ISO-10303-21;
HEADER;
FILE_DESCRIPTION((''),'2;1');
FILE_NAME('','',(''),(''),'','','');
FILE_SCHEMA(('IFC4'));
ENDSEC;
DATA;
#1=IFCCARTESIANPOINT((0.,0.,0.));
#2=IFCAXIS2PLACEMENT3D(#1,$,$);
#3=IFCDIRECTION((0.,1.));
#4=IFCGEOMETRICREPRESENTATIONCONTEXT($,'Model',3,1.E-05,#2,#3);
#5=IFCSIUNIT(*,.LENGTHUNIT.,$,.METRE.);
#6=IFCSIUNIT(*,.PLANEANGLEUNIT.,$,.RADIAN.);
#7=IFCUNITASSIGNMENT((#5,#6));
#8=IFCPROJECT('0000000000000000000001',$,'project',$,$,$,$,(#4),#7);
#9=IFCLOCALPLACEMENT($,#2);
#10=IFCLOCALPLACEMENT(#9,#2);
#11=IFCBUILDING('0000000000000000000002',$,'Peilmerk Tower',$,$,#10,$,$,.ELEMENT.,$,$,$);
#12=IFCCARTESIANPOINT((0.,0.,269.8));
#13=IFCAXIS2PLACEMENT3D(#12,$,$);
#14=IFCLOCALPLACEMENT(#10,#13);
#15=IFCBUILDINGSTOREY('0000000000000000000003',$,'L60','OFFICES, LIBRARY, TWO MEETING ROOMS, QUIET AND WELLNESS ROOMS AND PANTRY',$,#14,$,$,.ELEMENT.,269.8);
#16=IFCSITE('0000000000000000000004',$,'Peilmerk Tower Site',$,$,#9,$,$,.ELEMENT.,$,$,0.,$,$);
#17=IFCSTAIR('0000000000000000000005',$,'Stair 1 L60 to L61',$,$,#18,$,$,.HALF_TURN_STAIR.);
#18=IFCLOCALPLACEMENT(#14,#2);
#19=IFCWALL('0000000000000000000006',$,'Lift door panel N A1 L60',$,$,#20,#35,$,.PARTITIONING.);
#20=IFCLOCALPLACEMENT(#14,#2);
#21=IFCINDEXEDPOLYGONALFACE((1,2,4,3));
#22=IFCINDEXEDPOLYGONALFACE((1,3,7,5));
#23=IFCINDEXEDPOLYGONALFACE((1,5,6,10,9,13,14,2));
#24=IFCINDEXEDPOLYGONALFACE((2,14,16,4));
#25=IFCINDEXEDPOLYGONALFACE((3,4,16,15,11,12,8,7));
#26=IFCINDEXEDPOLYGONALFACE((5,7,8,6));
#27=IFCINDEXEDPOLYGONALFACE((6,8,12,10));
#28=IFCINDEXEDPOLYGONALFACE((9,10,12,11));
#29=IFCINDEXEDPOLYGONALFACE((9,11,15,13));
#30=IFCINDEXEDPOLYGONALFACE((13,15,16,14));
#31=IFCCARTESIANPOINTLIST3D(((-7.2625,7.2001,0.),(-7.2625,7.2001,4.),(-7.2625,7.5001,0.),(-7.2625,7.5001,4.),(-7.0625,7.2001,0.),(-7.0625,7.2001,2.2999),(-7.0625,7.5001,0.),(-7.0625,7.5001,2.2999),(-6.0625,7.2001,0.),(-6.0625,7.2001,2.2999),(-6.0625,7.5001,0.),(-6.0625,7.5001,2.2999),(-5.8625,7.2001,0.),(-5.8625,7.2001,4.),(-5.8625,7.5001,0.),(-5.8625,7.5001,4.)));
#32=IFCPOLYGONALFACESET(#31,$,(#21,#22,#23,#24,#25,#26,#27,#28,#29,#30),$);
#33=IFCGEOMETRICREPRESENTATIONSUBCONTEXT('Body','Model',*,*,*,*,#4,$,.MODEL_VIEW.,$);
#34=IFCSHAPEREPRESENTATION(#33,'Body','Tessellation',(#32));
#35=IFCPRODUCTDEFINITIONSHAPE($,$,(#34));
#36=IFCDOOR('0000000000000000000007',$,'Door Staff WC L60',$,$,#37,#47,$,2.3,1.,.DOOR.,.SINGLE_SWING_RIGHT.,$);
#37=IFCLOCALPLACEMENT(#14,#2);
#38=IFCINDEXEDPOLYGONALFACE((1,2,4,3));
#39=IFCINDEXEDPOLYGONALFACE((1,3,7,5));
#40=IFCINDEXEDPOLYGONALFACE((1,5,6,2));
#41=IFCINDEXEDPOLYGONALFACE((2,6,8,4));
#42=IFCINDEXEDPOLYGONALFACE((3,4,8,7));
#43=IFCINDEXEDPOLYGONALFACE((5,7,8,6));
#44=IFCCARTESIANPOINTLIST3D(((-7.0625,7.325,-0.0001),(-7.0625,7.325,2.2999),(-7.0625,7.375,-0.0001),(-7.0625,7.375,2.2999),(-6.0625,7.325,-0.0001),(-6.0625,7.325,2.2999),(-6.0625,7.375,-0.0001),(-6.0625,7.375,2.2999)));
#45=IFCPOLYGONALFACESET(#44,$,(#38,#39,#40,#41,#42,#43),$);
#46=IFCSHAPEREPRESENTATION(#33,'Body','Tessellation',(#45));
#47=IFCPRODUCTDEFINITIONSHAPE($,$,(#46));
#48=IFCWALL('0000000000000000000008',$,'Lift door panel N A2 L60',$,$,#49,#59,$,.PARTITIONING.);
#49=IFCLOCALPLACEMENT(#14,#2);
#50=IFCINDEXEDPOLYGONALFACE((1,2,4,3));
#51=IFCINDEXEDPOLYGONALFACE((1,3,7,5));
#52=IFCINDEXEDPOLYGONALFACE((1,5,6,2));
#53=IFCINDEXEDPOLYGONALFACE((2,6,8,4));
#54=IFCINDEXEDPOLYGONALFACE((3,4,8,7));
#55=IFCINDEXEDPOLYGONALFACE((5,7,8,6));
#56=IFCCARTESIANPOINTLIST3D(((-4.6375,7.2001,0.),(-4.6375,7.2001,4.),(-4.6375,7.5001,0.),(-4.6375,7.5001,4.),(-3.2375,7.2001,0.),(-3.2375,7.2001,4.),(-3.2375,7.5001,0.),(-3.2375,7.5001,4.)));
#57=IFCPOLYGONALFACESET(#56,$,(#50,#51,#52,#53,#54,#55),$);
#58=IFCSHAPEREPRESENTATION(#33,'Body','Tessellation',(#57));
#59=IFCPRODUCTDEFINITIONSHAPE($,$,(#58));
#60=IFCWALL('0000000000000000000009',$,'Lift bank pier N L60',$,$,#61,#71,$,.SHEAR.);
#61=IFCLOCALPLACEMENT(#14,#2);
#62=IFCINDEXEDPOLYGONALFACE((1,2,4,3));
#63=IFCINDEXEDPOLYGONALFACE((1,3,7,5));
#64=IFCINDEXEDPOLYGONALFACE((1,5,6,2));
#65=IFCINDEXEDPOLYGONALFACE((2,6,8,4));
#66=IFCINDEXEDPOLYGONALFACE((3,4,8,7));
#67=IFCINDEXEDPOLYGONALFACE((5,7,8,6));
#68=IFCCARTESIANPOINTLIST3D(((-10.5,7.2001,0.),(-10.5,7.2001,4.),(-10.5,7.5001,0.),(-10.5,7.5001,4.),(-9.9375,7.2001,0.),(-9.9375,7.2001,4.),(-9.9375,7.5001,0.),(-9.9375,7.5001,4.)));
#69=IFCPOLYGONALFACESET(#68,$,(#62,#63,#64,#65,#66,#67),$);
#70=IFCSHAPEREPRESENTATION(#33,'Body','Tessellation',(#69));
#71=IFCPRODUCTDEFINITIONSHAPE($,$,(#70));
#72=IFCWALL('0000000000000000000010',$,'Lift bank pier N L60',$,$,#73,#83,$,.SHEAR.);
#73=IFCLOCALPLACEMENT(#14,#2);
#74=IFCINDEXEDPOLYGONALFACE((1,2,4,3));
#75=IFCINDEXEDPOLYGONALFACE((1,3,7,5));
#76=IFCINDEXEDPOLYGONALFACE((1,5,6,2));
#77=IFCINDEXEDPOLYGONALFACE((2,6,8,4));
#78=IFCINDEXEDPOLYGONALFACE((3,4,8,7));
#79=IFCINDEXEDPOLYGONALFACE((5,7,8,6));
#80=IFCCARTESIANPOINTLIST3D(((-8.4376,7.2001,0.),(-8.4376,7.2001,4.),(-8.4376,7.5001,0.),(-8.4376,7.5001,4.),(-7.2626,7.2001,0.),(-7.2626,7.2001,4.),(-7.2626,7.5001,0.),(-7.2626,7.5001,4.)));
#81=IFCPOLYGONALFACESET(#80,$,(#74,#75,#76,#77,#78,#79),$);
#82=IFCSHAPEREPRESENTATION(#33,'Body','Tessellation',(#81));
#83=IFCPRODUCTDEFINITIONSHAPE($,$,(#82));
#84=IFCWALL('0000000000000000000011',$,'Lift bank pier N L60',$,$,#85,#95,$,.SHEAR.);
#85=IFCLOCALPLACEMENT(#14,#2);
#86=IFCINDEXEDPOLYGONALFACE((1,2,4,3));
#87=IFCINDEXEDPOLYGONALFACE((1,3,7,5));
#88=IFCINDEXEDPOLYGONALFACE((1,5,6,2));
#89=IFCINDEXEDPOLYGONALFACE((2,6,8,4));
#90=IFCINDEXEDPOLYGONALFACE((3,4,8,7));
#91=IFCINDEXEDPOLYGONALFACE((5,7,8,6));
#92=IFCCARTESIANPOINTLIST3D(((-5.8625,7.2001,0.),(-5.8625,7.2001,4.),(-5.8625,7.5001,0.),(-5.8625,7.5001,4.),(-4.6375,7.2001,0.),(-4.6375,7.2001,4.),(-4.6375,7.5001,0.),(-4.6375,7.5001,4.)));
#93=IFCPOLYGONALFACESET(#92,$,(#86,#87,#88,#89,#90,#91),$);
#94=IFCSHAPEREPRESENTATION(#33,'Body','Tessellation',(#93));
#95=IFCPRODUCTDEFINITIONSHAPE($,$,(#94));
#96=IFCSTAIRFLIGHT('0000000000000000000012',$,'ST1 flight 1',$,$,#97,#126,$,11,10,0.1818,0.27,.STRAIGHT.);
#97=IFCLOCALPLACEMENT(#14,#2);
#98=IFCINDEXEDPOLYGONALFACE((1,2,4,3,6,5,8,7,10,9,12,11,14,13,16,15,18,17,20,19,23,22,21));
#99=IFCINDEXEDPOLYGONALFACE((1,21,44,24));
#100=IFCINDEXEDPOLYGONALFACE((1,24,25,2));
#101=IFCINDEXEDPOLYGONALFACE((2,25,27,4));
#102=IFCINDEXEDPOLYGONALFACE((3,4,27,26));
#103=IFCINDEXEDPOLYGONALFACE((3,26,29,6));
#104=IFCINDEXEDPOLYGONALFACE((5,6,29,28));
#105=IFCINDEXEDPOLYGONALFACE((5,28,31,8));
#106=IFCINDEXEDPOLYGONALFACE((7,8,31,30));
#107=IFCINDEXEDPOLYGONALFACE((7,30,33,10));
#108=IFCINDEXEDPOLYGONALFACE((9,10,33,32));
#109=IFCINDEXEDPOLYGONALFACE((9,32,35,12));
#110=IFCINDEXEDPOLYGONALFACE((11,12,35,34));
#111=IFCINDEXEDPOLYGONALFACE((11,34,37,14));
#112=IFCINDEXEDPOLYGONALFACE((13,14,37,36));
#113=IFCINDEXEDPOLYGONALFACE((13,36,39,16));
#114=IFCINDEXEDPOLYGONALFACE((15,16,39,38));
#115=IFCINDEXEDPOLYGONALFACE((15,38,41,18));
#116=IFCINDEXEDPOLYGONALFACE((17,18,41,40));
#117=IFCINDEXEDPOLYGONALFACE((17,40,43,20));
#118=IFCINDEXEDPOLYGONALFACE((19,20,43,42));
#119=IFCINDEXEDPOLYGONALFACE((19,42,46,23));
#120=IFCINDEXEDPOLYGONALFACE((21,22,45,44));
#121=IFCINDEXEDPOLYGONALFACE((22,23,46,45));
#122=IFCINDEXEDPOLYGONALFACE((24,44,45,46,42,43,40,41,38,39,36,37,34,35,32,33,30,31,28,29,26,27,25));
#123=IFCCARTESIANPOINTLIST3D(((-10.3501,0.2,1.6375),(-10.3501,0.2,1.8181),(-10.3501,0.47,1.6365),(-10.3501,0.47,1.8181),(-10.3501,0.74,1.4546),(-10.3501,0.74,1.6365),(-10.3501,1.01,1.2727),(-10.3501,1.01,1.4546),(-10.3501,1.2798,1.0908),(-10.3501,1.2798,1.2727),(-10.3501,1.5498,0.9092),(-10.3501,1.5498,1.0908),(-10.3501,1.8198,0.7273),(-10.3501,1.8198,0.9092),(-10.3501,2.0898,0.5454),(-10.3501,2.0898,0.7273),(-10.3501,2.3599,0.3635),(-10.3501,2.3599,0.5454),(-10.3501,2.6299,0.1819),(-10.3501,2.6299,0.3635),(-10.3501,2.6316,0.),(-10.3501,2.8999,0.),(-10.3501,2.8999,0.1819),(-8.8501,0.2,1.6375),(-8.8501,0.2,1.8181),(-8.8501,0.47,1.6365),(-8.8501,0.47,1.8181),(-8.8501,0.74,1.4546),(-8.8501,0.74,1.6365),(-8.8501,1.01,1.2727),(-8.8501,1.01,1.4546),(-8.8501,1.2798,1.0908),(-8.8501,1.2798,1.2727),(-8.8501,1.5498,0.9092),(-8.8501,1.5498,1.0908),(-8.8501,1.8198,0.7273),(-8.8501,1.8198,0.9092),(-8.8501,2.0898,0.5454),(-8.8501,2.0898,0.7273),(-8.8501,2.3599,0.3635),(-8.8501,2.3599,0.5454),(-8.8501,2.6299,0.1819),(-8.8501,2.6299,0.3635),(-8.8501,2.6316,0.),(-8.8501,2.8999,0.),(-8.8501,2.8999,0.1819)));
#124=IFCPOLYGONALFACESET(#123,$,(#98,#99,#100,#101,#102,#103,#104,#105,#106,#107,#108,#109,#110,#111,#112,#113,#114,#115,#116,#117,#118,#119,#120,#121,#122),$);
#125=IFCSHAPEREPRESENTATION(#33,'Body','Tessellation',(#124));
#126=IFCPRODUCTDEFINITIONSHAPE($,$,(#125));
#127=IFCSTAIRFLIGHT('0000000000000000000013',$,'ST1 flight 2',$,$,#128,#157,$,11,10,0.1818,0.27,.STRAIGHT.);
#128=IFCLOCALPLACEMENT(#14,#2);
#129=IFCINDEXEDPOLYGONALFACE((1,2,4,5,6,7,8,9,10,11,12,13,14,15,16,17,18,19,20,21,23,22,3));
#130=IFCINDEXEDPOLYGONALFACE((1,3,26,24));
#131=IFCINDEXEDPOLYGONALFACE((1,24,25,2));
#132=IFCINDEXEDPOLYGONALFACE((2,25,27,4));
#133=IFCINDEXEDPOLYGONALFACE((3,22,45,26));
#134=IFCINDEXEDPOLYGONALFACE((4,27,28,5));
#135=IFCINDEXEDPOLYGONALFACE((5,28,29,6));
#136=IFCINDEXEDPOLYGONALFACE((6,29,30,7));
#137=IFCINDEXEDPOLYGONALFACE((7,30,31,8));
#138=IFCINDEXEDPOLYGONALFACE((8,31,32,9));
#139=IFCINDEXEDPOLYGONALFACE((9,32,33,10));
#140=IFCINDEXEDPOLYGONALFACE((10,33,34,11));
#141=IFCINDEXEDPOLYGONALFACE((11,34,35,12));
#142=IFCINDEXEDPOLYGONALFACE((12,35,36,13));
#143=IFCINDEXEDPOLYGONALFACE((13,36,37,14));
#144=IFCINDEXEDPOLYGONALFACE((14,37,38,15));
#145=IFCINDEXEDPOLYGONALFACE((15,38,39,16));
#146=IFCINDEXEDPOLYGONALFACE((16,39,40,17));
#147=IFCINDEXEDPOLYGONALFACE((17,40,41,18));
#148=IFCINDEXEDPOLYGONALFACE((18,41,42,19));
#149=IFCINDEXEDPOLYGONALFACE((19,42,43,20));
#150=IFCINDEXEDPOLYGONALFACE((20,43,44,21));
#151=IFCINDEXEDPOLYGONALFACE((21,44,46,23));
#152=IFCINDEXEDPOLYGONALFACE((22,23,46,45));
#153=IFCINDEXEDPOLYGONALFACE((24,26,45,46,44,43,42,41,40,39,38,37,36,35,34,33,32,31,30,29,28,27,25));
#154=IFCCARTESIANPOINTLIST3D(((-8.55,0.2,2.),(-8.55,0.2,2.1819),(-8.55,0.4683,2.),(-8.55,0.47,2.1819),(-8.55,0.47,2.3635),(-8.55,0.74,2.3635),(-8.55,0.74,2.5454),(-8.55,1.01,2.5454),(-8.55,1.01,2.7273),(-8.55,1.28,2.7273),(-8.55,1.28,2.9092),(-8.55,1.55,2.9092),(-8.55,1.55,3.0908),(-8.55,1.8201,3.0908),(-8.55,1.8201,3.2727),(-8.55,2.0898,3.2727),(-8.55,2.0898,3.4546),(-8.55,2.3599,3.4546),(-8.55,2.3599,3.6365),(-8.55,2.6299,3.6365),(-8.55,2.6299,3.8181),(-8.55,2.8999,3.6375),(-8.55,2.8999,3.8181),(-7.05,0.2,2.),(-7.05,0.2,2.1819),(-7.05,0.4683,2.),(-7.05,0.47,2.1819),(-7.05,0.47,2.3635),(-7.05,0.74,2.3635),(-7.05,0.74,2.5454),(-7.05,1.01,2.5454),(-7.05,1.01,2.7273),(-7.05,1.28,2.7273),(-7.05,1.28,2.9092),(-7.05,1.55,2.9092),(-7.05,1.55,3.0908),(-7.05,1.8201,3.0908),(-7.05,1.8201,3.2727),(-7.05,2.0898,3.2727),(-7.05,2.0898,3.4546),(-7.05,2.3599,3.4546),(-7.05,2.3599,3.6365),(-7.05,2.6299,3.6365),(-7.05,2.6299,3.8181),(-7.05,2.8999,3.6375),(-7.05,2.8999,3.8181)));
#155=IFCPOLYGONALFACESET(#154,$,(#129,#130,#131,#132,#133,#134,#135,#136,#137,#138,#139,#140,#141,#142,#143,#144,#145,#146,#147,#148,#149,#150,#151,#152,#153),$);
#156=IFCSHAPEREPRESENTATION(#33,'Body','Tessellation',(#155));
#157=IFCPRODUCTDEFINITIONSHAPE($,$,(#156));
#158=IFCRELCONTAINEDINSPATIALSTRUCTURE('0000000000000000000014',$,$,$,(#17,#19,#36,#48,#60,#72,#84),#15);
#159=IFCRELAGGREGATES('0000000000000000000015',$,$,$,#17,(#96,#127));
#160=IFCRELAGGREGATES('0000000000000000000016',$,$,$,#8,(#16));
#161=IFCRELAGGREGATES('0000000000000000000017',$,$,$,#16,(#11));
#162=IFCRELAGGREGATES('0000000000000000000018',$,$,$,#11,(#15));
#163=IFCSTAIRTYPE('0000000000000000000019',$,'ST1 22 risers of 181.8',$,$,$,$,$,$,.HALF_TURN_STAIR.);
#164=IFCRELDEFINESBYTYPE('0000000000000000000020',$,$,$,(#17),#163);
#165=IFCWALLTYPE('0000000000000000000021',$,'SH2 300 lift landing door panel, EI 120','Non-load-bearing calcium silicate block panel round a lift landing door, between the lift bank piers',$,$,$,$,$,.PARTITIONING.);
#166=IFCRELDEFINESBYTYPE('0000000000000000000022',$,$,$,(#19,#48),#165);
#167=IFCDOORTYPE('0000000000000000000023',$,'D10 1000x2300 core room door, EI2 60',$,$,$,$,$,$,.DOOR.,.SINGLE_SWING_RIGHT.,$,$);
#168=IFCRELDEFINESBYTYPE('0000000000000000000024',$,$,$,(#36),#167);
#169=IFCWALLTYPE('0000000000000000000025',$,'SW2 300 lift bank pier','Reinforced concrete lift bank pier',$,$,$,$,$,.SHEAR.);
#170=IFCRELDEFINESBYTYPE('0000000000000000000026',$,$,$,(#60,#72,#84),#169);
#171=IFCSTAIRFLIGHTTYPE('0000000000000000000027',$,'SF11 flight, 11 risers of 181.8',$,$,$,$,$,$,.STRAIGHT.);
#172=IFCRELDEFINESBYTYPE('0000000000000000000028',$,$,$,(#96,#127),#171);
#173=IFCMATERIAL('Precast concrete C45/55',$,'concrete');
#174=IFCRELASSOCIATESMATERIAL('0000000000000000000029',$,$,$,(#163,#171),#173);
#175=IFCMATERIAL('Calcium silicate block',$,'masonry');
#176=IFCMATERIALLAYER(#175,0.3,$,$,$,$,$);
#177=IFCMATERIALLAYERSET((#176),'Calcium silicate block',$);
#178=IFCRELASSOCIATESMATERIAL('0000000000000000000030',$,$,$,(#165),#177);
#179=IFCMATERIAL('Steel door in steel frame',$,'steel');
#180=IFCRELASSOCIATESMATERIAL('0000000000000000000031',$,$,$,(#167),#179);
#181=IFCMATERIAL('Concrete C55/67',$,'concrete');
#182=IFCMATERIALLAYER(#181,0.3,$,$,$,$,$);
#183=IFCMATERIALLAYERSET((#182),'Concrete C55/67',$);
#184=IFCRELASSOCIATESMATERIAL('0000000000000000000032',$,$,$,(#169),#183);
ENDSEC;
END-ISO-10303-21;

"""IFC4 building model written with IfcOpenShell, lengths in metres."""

from ifc_helpers import new_model, si_unit, direction, frame, frame_2d, origin, place, context, subcontext, project, spatial, polyline, rectangle, outline, extrude, material, layer, layer_set, type_object, element, fill, aggregate, save


model = new_model("IFC4")

# Units and contexts
model_context = context("Model", 3, precision=1e-05, world=origin(), true_north=direction((0.0, 1.0)))
body_context = subcontext(model_context, "Body", "Model", "MODEL_VIEW")
ifc_project = project(units=[si_unit("LENGTHUNIT", "METRE"), si_unit("PLANEANGLEUNIT", "RADIAN")], contexts=[model_context])

# Site, building, storey
site_placement = place(None, origin())
site = spatial("IfcSite", under=ifc_project, at=site_placement, Name="Peilmerk Tower Site", CompositionType="ELEMENT", RefElevation=0.0)
building_placement = place(site_placement, origin())
building = spatial("IfcBuilding", under=site, at=building_placement, Name="Peilmerk Tower", CompositionType="ELEMENT")
storey_placement = place(building_placement, frame((0.0, 0.0, 269.8)))
storey = spatial("IfcBuildingStorey", under=building, at=storey_placement, Name="L60", Description="OFFICES, LIBRARY, TWO MEETING ROOMS, QUIET AND WELLNESS ROOMS AND PANTRY", CompositionType="ELEMENT", Elevation=269.8)

# Shared definitions
ifc_material_1 = material(Name="Concrete C55/67", Category="concrete")

# Stair
ifc_material_2 = material(Name="Precast concrete C45/55", Category="concrete")
stair_type = type_object("IfcStairType", Name="ST1 22 risers of 181.8", PredefinedType="HALF_TURN_STAIR", material=ifc_material_2)
stair_placement = place(storey_placement, origin())
stair = element("IfcStair", 1, at=stair_placement, inside=storey, type_object=stair_type, Name="Stair 1 L60 to L61", PredefinedType="HALF_TURN_STAIR")

# Shared definitions
ifc_material_3 = material(Name="Steel door in steel frame", Category="steel")

# Wall, opening, door
ifc_material_4 = material(Name="Calcium silicate block", Category="masonry")
ifc_layer_1 = layer(ifc_material_4, 0.3)
ifc_layer_set_1 = layer_set([ifc_layer_1], Name="Calcium silicate block")
wall_type_1 = type_object("IfcWallType", Name="SH2 300 lift landing door panel, EI 120", Description="Non-load-bearing calcium silicate block panel round a lift landing door, between the lift bank piers", PredefinedType="PARTITIONING", material=ifc_layer_set_1)
wall_1_placement = place(storey_placement, frame((-7.2625, 7.3501, 0.0), z_axis=(0.0, 0.0, 1.0), x_axis=(1.0, 0.0, 0.0)))
wall_1 = element("IfcWall", 2, at=wall_1_placement, inside=storey, type_object=wall_type_1, Name="Lift door panel N A1 L60", PredefinedType="PARTITIONING", context=body_context, shape_type="SweptSolid", body=[
    extrude(rectangle(XDim=1.3999, YDim=0.3, at=frame_2d((0.7, 0.0))), origin(), (0.0, 0.0, 1.0), 4.0),
])
opening_1_placement = place(wall_1_placement, frame((0.2, 0.0, 0.0)))
opening_1 = element("IfcOpeningElement", 3, at=opening_1_placement, cuts=wall_1, PredefinedType="OPENING", context=body_context, shape_type="SweptSolid", body=[
    extrude(rectangle(XDim=1.0, YDim=2.3, at=frame_2d((0.5, 1.1499))), frame((0.0, 0.1599, 0.0), z_axis=(0.0, -1.0, 0.0), x_axis=(1.0, 0.0, 0.0)), (0.0, 0.0, 1.0), 0.3201),
])
door_type_1 = type_object("IfcDoorType", Name="D10 1000x2300 core room door, EI2 60", OperationType="SINGLE_SWING_RIGHT", PredefinedType="DOOR", material=ifc_material_3)
door_1_placement = place(opening_1_placement, origin())
door_1 = element("IfcDoor", 4, at=door_1_placement, inside=storey, type_object=door_type_1, Name="Door Staff WC L60", OperationType="SINGLE_SWING_RIGHT", OverallHeight=2.3, OverallWidth=1.0, PredefinedType="DOOR", context=body_context, shape_type="SweptSolid", body=[
    extrude(rectangle(XDim=1.0, YDim=2.3, at=frame_2d((0.5, 1.1499))), frame((0.0, 0.0249, 0.0), z_axis=(0.0, -1.0, 0.0), x_axis=(1.0, 0.0, 0.0)), (0.0, 0.0, 1.0), 0.05),
])
fill(opening_1, door_1)

# Walls
wall_2_placement = place(storey_placement, frame((-4.6375, 7.3501, 0.0), z_axis=(0.0, 0.0, 1.0), x_axis=(1.0, 0.0, 0.0)))
element("IfcWall", 5, at=wall_2_placement, inside=storey, type_object=wall_type_1, Name="Lift door panel N A2 L60", PredefinedType="PARTITIONING", context=body_context, shape_type="SweptSolid", body=[
    extrude(rectangle(XDim=1.3999, YDim=0.3, at=frame_2d((0.7, 0.0))), origin(), (0.0, 0.0, 1.0), 4.0),
])
ifc_layer_2 = layer(ifc_material_1, 0.3)
ifc_layer_set_2 = layer_set([ifc_layer_2], Name="Concrete C55/67")
wall_type_2 = type_object("IfcWallType", Name="SW2 300 lift bank pier", Description="Reinforced concrete lift bank pier", PredefinedType="SHEAR", material=ifc_layer_set_2)
wall_3_placement = place(storey_placement, frame((-10.5, 7.3501, 0.0), z_axis=(0.0, 0.0, 1.0), x_axis=(1.0, 0.0, 0.0)))
element("IfcWall", 6, at=wall_3_placement, inside=storey, type_object=wall_type_2, Name="Lift bank pier N L60", PredefinedType="SHEAR", context=body_context, shape_type="SweptSolid", body=[
    extrude(rectangle(XDim=0.5625, YDim=0.3, at=frame_2d((0.2812, 0.0))), origin(), (0.0, 0.0, 1.0), 4.0),
])
wall_4_placement = place(storey_placement, frame((-8.4375, 7.3501, 0.0), z_axis=(0.0, 0.0, 1.0), x_axis=(1.0, 0.0, 0.0)))
element("IfcWall", 7, at=wall_4_placement, inside=storey, type_object=wall_type_2, Name="Lift bank pier N L60", PredefinedType="SHEAR", context=body_context, shape_type="SweptSolid", body=[
    extrude(rectangle(XDim=1.175, YDim=0.3, at=frame_2d((0.5874, 0.0))), origin(), (0.0, 0.0, 1.0), 4.0),
])
wall_5_placement = place(storey_placement, frame((-5.8625, 7.3501, 0.0), z_axis=(0.0, 0.0, 1.0), x_axis=(1.0, 0.0, 0.0)))
element("IfcWall", 8, at=wall_5_placement, inside=storey, type_object=wall_type_2, Name="Lift bank pier N L60", PredefinedType="SHEAR", context=body_context, shape_type="SweptSolid", body=[
    extrude(rectangle(XDim=1.2251, YDim=0.3, at=frame_2d((0.6125, 0.0))), origin(), (0.0, 0.0, 1.0), 4.0),
])

# Stair flights
stair_flight_type = type_object("IfcStairFlightType", Name="SF11 flight, 11 risers of 181.8", PredefinedType="STRAIGHT", material=ifc_material_2)
stair_flight_1_placement = place(storey_placement, frame((-9.6001, 2.8999, 0.0), z_axis=(0.0, 0.0, 1.0), x_axis=(0.0, -1.0, 0.0)))
stair_flight_1 = element("IfcStairFlight", 9, at=stair_flight_1_placement, type_object=stair_flight_type, Name="ST1 flight 1", NumberOfRisers=11, NumberOfTreads=10, PredefinedType="STRAIGHT", RiserHeight=0.1818, TreadLength=0.27, context=body_context, shape_type="SweptSolid", body=[
    extrude(outline(polyline([(0.0, 0.0), (0.0, 0.1819), (0.27, 0.1819), (0.27, 0.3635), (0.54, 0.3635), (0.54, 0.5454), (0.8101, 0.5454), (0.8101, 0.7273), (1.0801, 0.7273), (1.0801, 0.9092), (1.3501, 0.9092), (1.3501, 1.0908), (1.6201, 1.0908), (1.6201, 1.2727), (1.8899, 1.2727), (1.8899, 1.4546), (2.1599, 1.4546), (2.1599, 1.6365), (2.4299, 1.6365), (2.4299, 1.8181), (2.7, 1.8181), (2.7, 2.0), (2.7, 1.6375), (0.2683, 0.0), (0.0, 0.0)])), frame((0.0, 0.75, 0.0), z_axis=(0.0, -1.0, 0.0), x_axis=(1.0, 0.0, 0.0)), (0.0, 0.0, 1.0), 1.5),
])
stair_flight_2_placement = place(storey_placement, frame((-7.8, 0.2, 2.0), z_axis=(0.0, 0.0, 1.0), x_axis=(0.0, 1.0, 0.0)))
stair_flight_2 = element("IfcStairFlight", 10, at=stair_flight_2_placement, type_object=stair_flight_type, Name="ST1 flight 2", NumberOfRisers=11, NumberOfTreads=10, PredefinedType="STRAIGHT", RiserHeight=0.1818, TreadLength=0.27, context=body_context, shape_type="SweptSolid", body=[
    extrude(outline(polyline([(0.0, 0.0), (0.0, 0.1819), (0.27, 0.1819), (0.27, 0.3635), (0.54, 0.3635), (0.54, 0.5454), (0.8101, 0.5454), (0.8101, 0.7273), (1.0801, 0.7273), (1.0801, 0.9092), (1.3501, 0.9092), (1.3501, 1.0908), (1.6201, 1.0908), (1.6201, 1.2727), (1.8899, 1.2727), (1.8899, 1.4546), (2.1599, 1.4546), (2.1599, 1.6365), (2.4299, 1.6365), (2.4299, 1.8181), (2.7, 1.8181), (2.7, 2.0), (2.7, 1.6375), (0.2683, 0.0), (0.0, 0.0)])), frame((0.0, 0.75, 0.0), z_axis=(0.0, -1.0, 0.0), x_axis=(1.0, 0.0, 0.0)), (0.0, 0.0, 1.0), 1.5),
])
aggregate(stair, [stair_flight_1, stair_flight_2])

save(model, "model.ifc")
